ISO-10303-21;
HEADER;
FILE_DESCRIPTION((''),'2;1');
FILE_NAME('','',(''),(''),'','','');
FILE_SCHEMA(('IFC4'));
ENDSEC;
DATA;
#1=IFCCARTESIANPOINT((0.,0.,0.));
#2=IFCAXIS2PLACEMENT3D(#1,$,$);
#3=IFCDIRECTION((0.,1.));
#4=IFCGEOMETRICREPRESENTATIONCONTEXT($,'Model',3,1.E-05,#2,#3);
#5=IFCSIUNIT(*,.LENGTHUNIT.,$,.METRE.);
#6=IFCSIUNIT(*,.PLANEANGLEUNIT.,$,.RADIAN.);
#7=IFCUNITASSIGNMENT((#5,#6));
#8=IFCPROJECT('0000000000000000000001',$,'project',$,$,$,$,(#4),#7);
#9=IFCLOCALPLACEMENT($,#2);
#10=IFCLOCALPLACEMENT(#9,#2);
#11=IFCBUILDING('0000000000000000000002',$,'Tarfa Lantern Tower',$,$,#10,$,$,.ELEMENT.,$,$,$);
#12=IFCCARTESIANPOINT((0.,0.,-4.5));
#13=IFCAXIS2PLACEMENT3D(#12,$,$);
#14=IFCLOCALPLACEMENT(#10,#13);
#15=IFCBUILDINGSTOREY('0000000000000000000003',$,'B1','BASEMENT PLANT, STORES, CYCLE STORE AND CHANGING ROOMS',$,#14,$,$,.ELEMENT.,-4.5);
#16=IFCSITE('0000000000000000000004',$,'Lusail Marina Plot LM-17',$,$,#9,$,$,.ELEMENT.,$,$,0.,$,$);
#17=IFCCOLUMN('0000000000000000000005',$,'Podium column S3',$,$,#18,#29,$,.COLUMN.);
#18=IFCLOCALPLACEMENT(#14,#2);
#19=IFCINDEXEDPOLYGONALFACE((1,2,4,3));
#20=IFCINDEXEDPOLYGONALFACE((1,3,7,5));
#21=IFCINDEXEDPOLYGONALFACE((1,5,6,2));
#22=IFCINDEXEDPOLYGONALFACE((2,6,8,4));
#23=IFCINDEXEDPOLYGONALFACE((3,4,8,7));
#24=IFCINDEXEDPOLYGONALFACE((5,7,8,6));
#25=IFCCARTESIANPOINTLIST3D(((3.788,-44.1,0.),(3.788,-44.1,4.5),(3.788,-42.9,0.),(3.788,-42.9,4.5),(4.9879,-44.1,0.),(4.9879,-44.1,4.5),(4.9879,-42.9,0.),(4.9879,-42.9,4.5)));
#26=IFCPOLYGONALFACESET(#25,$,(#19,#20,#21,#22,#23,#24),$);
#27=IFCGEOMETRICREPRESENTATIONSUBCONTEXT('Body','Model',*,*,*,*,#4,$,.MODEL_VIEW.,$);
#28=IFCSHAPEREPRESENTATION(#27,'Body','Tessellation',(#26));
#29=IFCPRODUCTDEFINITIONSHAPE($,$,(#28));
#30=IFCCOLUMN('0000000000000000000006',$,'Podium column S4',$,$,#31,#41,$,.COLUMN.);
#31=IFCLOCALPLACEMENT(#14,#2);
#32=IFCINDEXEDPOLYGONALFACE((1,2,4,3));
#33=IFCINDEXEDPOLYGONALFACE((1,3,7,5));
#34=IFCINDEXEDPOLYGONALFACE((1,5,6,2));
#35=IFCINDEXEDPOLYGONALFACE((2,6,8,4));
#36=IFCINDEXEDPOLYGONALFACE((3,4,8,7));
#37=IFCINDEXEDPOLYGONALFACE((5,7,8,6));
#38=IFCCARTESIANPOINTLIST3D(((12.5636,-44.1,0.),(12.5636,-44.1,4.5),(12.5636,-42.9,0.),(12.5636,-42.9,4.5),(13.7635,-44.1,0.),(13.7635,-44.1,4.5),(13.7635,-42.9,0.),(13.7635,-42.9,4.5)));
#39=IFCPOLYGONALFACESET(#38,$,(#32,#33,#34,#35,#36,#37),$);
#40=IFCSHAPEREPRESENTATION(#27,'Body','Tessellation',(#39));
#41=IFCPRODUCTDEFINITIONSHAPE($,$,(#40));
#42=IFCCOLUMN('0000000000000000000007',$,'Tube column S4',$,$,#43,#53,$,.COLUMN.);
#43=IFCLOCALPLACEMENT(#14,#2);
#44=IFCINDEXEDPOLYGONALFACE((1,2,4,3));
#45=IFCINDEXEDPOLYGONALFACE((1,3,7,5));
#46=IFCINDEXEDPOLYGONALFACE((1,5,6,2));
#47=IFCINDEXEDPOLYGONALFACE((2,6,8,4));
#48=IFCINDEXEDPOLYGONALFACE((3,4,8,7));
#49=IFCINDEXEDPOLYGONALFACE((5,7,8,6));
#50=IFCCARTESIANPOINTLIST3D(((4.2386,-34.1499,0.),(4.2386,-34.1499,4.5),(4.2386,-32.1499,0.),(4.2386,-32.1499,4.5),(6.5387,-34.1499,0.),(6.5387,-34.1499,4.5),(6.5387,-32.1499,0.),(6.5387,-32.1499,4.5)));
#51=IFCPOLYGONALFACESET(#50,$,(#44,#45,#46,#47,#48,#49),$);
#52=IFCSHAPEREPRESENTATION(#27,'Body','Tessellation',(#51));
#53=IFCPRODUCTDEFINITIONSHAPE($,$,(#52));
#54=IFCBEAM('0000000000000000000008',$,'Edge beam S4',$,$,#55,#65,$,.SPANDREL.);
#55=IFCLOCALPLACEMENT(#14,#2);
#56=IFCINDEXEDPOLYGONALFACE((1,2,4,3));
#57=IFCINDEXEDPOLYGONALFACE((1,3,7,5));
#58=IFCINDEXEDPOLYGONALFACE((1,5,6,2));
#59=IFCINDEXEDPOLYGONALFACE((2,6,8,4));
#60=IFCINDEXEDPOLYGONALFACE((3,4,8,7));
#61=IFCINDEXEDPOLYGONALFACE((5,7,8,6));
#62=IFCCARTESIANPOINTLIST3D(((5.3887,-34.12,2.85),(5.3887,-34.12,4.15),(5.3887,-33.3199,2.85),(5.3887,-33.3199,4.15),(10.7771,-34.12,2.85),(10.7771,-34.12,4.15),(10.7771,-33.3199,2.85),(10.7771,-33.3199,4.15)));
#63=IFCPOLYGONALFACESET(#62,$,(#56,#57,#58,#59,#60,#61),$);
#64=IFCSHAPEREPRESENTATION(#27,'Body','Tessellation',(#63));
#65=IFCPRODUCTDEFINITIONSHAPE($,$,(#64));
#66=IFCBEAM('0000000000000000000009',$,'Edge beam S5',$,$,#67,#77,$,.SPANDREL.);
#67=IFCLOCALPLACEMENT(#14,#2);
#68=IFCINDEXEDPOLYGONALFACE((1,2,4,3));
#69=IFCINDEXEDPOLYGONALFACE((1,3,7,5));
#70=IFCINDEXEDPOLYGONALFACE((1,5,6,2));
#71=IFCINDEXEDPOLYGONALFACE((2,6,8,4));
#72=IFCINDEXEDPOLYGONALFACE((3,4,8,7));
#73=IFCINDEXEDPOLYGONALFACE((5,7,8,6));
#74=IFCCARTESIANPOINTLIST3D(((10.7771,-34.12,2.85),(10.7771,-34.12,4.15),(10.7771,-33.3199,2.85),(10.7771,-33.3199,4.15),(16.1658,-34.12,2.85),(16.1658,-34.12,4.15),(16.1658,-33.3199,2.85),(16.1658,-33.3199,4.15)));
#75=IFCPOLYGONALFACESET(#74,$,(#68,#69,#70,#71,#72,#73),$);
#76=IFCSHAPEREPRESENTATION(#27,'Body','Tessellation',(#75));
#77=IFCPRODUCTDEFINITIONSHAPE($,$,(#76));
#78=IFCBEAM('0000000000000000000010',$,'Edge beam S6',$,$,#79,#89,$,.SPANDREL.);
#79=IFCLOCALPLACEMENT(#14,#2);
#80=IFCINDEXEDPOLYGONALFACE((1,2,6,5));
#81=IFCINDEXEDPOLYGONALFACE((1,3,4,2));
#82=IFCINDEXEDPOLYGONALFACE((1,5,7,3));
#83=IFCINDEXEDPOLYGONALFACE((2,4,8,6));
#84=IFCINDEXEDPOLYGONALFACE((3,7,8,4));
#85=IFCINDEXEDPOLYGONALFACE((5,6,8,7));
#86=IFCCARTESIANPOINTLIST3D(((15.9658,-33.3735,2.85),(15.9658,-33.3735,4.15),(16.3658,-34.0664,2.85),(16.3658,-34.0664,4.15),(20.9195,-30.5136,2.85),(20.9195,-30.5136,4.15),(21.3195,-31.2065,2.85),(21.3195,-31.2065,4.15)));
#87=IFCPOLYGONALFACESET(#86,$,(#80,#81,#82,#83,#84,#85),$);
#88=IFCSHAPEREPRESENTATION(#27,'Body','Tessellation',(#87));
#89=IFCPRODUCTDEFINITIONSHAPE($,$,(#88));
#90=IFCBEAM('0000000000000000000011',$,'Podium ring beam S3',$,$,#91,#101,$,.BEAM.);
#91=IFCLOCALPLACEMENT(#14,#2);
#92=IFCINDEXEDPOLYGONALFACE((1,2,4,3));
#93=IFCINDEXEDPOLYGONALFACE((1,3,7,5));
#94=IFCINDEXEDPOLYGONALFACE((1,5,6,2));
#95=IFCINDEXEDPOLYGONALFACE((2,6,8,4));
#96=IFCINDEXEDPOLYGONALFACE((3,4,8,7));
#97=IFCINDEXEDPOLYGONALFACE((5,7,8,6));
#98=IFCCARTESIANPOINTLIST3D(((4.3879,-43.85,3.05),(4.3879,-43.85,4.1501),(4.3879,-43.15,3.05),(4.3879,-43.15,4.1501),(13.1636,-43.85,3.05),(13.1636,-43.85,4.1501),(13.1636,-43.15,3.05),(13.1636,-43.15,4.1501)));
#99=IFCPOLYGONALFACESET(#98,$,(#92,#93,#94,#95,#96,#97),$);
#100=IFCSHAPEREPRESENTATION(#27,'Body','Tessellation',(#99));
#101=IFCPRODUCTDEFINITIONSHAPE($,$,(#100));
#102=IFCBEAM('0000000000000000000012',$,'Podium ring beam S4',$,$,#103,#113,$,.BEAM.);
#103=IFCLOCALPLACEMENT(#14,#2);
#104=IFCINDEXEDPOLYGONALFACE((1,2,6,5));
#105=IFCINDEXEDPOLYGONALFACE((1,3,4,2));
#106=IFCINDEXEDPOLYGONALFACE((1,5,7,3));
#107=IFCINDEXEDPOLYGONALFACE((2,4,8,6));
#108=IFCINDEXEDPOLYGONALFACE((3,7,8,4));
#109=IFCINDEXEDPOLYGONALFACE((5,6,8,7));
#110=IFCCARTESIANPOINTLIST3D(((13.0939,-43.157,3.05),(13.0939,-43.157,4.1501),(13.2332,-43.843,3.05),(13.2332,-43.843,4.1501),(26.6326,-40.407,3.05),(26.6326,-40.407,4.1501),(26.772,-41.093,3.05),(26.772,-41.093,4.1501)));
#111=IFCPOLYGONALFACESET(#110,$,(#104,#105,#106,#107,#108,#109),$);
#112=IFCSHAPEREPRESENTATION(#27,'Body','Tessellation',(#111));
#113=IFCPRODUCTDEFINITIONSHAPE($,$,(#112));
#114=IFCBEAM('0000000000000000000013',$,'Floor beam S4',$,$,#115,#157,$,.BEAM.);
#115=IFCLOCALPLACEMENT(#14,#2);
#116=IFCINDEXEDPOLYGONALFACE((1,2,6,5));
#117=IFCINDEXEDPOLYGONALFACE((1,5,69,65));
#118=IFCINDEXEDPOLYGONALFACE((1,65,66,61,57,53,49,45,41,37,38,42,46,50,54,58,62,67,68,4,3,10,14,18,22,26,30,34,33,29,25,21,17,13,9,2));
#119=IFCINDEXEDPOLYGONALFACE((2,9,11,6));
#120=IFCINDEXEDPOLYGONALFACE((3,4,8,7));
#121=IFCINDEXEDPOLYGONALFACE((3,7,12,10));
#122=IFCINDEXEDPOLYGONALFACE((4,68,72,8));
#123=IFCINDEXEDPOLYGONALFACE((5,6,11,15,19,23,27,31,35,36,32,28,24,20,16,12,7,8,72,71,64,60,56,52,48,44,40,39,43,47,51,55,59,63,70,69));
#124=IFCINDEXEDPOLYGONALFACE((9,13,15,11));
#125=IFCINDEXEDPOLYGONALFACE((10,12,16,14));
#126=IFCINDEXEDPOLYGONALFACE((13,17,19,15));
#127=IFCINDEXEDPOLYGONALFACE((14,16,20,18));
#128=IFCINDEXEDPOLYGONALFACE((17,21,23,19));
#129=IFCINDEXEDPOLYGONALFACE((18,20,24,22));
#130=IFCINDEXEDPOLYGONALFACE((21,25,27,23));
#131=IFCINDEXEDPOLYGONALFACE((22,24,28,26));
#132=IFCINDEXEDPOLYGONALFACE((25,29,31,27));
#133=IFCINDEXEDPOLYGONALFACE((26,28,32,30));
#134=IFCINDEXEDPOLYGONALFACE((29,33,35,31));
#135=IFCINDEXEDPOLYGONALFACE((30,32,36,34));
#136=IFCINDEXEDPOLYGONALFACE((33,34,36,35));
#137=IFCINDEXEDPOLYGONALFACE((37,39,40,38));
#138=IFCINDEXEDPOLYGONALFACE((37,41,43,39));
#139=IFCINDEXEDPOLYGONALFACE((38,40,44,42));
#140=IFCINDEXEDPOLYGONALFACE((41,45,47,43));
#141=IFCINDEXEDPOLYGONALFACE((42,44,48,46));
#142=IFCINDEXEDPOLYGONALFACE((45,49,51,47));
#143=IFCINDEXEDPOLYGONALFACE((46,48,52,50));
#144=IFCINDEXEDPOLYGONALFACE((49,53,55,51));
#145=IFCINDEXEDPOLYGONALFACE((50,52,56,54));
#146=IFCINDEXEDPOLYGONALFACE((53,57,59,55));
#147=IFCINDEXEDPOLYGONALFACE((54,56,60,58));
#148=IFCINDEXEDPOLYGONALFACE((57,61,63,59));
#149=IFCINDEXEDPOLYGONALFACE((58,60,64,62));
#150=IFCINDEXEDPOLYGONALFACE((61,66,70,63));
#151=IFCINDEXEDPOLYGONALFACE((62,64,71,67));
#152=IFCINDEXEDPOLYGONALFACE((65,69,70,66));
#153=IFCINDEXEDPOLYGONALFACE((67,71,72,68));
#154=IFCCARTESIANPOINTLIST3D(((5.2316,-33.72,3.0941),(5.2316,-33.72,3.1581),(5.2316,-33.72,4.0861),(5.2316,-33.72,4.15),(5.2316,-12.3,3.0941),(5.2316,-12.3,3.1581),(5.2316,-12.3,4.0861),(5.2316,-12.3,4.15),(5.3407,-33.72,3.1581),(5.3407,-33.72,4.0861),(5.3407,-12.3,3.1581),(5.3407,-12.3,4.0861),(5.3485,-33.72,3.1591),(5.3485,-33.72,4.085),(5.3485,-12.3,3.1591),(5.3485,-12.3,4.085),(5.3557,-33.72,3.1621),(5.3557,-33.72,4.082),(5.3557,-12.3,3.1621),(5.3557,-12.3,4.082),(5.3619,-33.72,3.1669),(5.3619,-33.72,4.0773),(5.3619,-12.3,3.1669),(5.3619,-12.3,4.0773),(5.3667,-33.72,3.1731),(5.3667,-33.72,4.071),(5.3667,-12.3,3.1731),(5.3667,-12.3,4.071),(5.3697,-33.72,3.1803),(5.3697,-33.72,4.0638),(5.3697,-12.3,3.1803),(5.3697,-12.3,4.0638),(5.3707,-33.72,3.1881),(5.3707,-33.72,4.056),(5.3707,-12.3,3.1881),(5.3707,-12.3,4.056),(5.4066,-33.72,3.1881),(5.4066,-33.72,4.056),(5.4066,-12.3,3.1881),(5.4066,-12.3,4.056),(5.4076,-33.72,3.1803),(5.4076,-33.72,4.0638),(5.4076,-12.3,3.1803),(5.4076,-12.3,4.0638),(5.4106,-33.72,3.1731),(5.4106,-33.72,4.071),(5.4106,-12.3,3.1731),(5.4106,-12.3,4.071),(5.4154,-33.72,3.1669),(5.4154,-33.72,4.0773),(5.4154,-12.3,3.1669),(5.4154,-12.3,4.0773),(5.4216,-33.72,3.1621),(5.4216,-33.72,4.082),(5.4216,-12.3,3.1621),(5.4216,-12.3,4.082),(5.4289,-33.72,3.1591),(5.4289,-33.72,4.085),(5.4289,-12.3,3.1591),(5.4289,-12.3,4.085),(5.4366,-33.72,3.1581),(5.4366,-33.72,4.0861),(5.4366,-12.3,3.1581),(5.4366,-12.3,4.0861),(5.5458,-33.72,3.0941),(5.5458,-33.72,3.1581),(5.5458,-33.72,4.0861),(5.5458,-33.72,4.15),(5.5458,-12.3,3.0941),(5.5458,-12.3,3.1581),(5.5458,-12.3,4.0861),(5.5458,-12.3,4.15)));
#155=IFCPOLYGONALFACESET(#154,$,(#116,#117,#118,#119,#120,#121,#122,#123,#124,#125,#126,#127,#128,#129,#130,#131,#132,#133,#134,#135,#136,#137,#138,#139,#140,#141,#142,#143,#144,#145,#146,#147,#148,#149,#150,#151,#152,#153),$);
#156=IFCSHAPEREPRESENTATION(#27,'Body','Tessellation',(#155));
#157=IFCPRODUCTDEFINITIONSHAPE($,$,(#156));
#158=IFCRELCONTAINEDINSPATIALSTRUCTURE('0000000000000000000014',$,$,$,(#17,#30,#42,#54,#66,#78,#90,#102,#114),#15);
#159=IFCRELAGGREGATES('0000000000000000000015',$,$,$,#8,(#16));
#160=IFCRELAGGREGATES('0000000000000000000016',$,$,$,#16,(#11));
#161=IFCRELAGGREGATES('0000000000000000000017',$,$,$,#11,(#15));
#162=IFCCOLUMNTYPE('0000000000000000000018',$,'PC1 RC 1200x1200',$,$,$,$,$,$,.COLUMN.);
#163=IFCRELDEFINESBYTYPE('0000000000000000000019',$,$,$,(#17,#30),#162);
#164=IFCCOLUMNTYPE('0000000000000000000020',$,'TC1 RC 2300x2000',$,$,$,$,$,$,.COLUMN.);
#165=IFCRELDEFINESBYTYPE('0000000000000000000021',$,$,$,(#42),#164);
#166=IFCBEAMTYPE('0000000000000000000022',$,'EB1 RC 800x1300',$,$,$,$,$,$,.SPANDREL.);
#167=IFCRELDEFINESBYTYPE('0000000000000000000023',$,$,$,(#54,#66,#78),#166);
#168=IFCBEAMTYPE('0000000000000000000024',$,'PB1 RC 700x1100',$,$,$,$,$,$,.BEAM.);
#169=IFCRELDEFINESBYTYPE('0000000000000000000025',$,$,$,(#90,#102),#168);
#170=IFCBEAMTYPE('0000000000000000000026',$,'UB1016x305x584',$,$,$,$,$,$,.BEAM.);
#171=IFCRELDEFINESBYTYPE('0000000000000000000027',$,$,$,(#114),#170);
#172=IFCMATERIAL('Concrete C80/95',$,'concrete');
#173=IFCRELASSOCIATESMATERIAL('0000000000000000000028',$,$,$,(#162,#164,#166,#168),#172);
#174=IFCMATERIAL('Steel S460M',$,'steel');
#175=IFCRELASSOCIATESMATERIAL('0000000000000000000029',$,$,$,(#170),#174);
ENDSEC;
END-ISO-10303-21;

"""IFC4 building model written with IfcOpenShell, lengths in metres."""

from ifc_helpers import new_model, si_unit, direction, frame, origin, origin_2d, place, context, subcontext, project, spatial, rectangle, i_section, extrude, material, material_profile, profile_set, type_object, element, save


model = new_model("IFC4")

# Units and contexts
model_context = context("Model", 3, precision=1e-05, world=origin(), true_north=direction((0.0, 1.0)))
body_context = subcontext(model_context, "Body", "Model", "MODEL_VIEW")
ifc_project = project(units=[si_unit("LENGTHUNIT", "METRE"), si_unit("PLANEANGLEUNIT", "RADIAN")], contexts=[model_context])

# Site, building, storey
site_placement = place(None, origin())
site = spatial("IfcSite", under=ifc_project, at=site_placement, Name="Lusail Marina Plot LM-17", CompositionType="ELEMENT", RefElevation=0.0)
building_placement = place(site_placement, origin())
building = spatial("IfcBuilding", under=site, at=building_placement, Name="Tarfa Lantern Tower", CompositionType="ELEMENT")
storey_placement = place(building_placement, frame((0.0, 0.0, -4.5)))
storey = spatial("IfcBuildingStorey", under=building, at=storey_placement, Name="B1", Description="BASEMENT PLANT, STORES, CYCLE STORE AND CHANGING ROOMS", CompositionType="ELEMENT", Elevation=-4.5)

# Columns
ifc_material_1 = material(Name="Concrete C80/95", Category="concrete")
ifc_material_profile_1 = material_profile(ifc_material_1, rectangle(XDim=1.2, YDim=1.2, at=origin_2d()), Name="RC 1200x1200")
ifc_profile_set_1 = profile_set([ifc_material_profile_1], Name="Concrete C80/95")
column_type_1 = type_object("IfcColumnType", Name="PC1 RC 1200x1200", PredefinedType="COLUMN", material=ifc_profile_set_1)
for number, where, z_axis, x_axis, name in (
    (1, (4.3879, -43.5, 0.0), (0.0, 0.0, 1.0), (1.0, 0.0, 0.0), "Podium column S3"),
    (2, (13.1636, -43.5, 0.0), (0.0, 0.0, 1.0), (1.0, 0.0, 0.0), "Podium column S4"),
):
    element("IfcColumn", number, at=place(storey_placement, frame(where, z_axis=z_axis, x_axis=x_axis)), inside=storey, type_object=column_type_1, Name=name, PredefinedType="COLUMN", context=body_context, shape_type="SweptSolid", body=[
        extrude(rectangle(XDim=1.2, YDim=1.2, at=origin_2d()), origin(), (0.0, 0.0, 1.0), 4.5),
    ])
ifc_material_profile_2 = material_profile(ifc_material_1, rectangle(XDim=2.3, YDim=2.0, at=origin_2d()), Name="RC 2300x2000")
ifc_profile_set_2 = profile_set([ifc_material_profile_2], Name="Concrete C80/95")
column_type_2 = type_object("IfcColumnType", Name="TC1 RC 2300x2000", PredefinedType="COLUMN", material=ifc_profile_set_2)
column_placement = place(storey_placement, frame((5.3887, -33.1499, 0.0), z_axis=(0.0, 0.0, 1.0), x_axis=(1.0, 0.0, 0.0)))
element("IfcColumn", 3, at=column_placement, inside=storey, type_object=column_type_2, Name="Tube column S4", PredefinedType="COLUMN", context=body_context, shape_type="SweptSolid", body=[
    extrude(rectangle(XDim=2.3, YDim=2.0, at=origin_2d()), origin(), (0.0, 0.0, 1.0), 4.5),
])

# Beams
ifc_material_profile_3 = material_profile(ifc_material_1, rectangle(XDim=0.8, YDim=1.3, at=origin_2d()), Name="RC 800x1300")
ifc_profile_set_3 = profile_set([ifc_material_profile_3], Name="Concrete C80/95")
beam_type_1 = type_object("IfcBeamType", Name="EB1 RC 800x1300", PredefinedType="SPANDREL", material=ifc_profile_set_3)
beam_1_placement = place(storey_placement, frame((5.3887, -33.72, 3.5), z_axis=(1.0, 0.0, 0.0), x_axis=(0.0, 1.0, 0.0)))
element("IfcBeam", 4, at=beam_1_placement, inside=storey, type_object=beam_type_1, Name="Edge beam S4", PredefinedType="SPANDREL", context=body_context, shape_type="SweptSolid", body=[
    extrude(rectangle(XDim=0.8, YDim=1.3, at=origin_2d()), origin(), (0.0, 0.0, 1.0), 5.3884),
])
beam_2_placement = place(storey_placement, frame((10.7771, -33.72, 3.5), z_axis=(1.0, 0.0, 0.0), x_axis=(0.0, 1.0, 0.0)))
element("IfcBeam", 5, at=beam_2_placement, inside=storey, type_object=beam_type_1, Name="Edge beam S5", PredefinedType="SPANDREL", context=body_context, shape_type="SweptSolid", body=[
    extrude(rectangle(XDim=0.8, YDim=1.3, at=origin_2d()), origin(), (0.0, 0.0, 1.0), 5.3887),
])
beam_3_placement = place(storey_placement, frame((16.1658, -33.72, 3.5), z_axis=(0.866033, 0.499986, 0.0), x_axis=(-0.499986, 0.866033, 0.0)))
element("IfcBeam", 6, at=beam_3_placement, inside=storey, type_object=beam_type_1, Name="Edge beam S6", PredefinedType="SPANDREL", context=body_context, shape_type="SweptSolid", body=[
    extrude(rectangle(XDim=0.8, YDim=1.3, at=origin_2d()), origin(), (0.0, 0.0, 1.0), 5.72),
])
ifc_material_profile_4 = material_profile(ifc_material_1, rectangle(XDim=0.7, YDim=1.1001, at=origin_2d()), Name="RC 700x1100")
ifc_profile_set_4 = profile_set([ifc_material_profile_4], Name="Concrete C80/95")
beam_type_2 = type_object("IfcBeamType", Name="PB1 RC 700x1100", PredefinedType="BEAM", material=ifc_profile_set_4)
beam_4_placement = place(storey_placement, frame((4.3879, -43.5, 3.6001), z_axis=(1.0, 0.0, 0.0), x_axis=(0.0, 1.0, 0.0)))
element("IfcBeam", 7, at=beam_4_placement, inside=storey, type_object=beam_type_2, Name="Podium ring beam S3", PredefinedType="BEAM", context=body_context, shape_type="SweptSolid", body=[
    extrude(rectangle(XDim=0.7, YDim=1.1001, at=origin_2d()), origin(), (0.0, 0.0, 1.0), 8.7756),
])
beam_5_placement = place(storey_placement, frame((13.1636, -43.5, 3.6001), z_axis=(0.979988, 0.199055, 0.0), x_axis=(-0.199055, 0.979988, 0.0)))
element("IfcBeam", 8, at=beam_5_placement, inside=storey, type_object=beam_type_2, Name="Podium ring beam S4", PredefinedType="BEAM", context=body_context, shape_type="SweptSolid", body=[
    extrude(rectangle(XDim=0.7, YDim=1.1001, at=origin_2d()), origin(), (0.0, 0.0, 1.0), 13.8152),
])
ifc_material_2 = material(Name="Steel S460M", Category="steel")
ifc_material_profile_5 = material_profile(ifc_material_2, i_section(OverallWidth=0.3142, OverallDepth=1.0559, WebThickness=0.0359, FlangeThickness=0.064, FilletRadius=0.03, at=origin_2d()), Name="UB1016x305x584")
ifc_profile_set_5 = profile_set([ifc_material_profile_5], Name="Steel S460M")
beam_type_3 = type_object("IfcBeamType", Name="UB1016x305x584", PredefinedType="BEAM", material=ifc_profile_set_5)
for number, where, z_axis, x_axis, name in (
    (9, (5.3887, -33.72, 3.6221), (0.0, 1.0, 0.0), (-1.0, 0.0, 0.0), "Floor beam S4"),
):
    element("IfcBeam", number, at=place(storey_placement, frame(where, z_axis=z_axis, x_axis=x_axis)), inside=storey, type_object=beam_type_3, Name=name, PredefinedType="BEAM", context=body_context, shape_type="SweptSolid", body=[
        extrude(i_section(OverallWidth=0.3142, OverallDepth=1.0559, WebThickness=0.0359, FlangeThickness=0.064, FilletRadius=0.03, at=origin_2d()), origin(), (0.0, 0.0, 1.0), 21.4199),
    ])

save(model, "model.ifc")
